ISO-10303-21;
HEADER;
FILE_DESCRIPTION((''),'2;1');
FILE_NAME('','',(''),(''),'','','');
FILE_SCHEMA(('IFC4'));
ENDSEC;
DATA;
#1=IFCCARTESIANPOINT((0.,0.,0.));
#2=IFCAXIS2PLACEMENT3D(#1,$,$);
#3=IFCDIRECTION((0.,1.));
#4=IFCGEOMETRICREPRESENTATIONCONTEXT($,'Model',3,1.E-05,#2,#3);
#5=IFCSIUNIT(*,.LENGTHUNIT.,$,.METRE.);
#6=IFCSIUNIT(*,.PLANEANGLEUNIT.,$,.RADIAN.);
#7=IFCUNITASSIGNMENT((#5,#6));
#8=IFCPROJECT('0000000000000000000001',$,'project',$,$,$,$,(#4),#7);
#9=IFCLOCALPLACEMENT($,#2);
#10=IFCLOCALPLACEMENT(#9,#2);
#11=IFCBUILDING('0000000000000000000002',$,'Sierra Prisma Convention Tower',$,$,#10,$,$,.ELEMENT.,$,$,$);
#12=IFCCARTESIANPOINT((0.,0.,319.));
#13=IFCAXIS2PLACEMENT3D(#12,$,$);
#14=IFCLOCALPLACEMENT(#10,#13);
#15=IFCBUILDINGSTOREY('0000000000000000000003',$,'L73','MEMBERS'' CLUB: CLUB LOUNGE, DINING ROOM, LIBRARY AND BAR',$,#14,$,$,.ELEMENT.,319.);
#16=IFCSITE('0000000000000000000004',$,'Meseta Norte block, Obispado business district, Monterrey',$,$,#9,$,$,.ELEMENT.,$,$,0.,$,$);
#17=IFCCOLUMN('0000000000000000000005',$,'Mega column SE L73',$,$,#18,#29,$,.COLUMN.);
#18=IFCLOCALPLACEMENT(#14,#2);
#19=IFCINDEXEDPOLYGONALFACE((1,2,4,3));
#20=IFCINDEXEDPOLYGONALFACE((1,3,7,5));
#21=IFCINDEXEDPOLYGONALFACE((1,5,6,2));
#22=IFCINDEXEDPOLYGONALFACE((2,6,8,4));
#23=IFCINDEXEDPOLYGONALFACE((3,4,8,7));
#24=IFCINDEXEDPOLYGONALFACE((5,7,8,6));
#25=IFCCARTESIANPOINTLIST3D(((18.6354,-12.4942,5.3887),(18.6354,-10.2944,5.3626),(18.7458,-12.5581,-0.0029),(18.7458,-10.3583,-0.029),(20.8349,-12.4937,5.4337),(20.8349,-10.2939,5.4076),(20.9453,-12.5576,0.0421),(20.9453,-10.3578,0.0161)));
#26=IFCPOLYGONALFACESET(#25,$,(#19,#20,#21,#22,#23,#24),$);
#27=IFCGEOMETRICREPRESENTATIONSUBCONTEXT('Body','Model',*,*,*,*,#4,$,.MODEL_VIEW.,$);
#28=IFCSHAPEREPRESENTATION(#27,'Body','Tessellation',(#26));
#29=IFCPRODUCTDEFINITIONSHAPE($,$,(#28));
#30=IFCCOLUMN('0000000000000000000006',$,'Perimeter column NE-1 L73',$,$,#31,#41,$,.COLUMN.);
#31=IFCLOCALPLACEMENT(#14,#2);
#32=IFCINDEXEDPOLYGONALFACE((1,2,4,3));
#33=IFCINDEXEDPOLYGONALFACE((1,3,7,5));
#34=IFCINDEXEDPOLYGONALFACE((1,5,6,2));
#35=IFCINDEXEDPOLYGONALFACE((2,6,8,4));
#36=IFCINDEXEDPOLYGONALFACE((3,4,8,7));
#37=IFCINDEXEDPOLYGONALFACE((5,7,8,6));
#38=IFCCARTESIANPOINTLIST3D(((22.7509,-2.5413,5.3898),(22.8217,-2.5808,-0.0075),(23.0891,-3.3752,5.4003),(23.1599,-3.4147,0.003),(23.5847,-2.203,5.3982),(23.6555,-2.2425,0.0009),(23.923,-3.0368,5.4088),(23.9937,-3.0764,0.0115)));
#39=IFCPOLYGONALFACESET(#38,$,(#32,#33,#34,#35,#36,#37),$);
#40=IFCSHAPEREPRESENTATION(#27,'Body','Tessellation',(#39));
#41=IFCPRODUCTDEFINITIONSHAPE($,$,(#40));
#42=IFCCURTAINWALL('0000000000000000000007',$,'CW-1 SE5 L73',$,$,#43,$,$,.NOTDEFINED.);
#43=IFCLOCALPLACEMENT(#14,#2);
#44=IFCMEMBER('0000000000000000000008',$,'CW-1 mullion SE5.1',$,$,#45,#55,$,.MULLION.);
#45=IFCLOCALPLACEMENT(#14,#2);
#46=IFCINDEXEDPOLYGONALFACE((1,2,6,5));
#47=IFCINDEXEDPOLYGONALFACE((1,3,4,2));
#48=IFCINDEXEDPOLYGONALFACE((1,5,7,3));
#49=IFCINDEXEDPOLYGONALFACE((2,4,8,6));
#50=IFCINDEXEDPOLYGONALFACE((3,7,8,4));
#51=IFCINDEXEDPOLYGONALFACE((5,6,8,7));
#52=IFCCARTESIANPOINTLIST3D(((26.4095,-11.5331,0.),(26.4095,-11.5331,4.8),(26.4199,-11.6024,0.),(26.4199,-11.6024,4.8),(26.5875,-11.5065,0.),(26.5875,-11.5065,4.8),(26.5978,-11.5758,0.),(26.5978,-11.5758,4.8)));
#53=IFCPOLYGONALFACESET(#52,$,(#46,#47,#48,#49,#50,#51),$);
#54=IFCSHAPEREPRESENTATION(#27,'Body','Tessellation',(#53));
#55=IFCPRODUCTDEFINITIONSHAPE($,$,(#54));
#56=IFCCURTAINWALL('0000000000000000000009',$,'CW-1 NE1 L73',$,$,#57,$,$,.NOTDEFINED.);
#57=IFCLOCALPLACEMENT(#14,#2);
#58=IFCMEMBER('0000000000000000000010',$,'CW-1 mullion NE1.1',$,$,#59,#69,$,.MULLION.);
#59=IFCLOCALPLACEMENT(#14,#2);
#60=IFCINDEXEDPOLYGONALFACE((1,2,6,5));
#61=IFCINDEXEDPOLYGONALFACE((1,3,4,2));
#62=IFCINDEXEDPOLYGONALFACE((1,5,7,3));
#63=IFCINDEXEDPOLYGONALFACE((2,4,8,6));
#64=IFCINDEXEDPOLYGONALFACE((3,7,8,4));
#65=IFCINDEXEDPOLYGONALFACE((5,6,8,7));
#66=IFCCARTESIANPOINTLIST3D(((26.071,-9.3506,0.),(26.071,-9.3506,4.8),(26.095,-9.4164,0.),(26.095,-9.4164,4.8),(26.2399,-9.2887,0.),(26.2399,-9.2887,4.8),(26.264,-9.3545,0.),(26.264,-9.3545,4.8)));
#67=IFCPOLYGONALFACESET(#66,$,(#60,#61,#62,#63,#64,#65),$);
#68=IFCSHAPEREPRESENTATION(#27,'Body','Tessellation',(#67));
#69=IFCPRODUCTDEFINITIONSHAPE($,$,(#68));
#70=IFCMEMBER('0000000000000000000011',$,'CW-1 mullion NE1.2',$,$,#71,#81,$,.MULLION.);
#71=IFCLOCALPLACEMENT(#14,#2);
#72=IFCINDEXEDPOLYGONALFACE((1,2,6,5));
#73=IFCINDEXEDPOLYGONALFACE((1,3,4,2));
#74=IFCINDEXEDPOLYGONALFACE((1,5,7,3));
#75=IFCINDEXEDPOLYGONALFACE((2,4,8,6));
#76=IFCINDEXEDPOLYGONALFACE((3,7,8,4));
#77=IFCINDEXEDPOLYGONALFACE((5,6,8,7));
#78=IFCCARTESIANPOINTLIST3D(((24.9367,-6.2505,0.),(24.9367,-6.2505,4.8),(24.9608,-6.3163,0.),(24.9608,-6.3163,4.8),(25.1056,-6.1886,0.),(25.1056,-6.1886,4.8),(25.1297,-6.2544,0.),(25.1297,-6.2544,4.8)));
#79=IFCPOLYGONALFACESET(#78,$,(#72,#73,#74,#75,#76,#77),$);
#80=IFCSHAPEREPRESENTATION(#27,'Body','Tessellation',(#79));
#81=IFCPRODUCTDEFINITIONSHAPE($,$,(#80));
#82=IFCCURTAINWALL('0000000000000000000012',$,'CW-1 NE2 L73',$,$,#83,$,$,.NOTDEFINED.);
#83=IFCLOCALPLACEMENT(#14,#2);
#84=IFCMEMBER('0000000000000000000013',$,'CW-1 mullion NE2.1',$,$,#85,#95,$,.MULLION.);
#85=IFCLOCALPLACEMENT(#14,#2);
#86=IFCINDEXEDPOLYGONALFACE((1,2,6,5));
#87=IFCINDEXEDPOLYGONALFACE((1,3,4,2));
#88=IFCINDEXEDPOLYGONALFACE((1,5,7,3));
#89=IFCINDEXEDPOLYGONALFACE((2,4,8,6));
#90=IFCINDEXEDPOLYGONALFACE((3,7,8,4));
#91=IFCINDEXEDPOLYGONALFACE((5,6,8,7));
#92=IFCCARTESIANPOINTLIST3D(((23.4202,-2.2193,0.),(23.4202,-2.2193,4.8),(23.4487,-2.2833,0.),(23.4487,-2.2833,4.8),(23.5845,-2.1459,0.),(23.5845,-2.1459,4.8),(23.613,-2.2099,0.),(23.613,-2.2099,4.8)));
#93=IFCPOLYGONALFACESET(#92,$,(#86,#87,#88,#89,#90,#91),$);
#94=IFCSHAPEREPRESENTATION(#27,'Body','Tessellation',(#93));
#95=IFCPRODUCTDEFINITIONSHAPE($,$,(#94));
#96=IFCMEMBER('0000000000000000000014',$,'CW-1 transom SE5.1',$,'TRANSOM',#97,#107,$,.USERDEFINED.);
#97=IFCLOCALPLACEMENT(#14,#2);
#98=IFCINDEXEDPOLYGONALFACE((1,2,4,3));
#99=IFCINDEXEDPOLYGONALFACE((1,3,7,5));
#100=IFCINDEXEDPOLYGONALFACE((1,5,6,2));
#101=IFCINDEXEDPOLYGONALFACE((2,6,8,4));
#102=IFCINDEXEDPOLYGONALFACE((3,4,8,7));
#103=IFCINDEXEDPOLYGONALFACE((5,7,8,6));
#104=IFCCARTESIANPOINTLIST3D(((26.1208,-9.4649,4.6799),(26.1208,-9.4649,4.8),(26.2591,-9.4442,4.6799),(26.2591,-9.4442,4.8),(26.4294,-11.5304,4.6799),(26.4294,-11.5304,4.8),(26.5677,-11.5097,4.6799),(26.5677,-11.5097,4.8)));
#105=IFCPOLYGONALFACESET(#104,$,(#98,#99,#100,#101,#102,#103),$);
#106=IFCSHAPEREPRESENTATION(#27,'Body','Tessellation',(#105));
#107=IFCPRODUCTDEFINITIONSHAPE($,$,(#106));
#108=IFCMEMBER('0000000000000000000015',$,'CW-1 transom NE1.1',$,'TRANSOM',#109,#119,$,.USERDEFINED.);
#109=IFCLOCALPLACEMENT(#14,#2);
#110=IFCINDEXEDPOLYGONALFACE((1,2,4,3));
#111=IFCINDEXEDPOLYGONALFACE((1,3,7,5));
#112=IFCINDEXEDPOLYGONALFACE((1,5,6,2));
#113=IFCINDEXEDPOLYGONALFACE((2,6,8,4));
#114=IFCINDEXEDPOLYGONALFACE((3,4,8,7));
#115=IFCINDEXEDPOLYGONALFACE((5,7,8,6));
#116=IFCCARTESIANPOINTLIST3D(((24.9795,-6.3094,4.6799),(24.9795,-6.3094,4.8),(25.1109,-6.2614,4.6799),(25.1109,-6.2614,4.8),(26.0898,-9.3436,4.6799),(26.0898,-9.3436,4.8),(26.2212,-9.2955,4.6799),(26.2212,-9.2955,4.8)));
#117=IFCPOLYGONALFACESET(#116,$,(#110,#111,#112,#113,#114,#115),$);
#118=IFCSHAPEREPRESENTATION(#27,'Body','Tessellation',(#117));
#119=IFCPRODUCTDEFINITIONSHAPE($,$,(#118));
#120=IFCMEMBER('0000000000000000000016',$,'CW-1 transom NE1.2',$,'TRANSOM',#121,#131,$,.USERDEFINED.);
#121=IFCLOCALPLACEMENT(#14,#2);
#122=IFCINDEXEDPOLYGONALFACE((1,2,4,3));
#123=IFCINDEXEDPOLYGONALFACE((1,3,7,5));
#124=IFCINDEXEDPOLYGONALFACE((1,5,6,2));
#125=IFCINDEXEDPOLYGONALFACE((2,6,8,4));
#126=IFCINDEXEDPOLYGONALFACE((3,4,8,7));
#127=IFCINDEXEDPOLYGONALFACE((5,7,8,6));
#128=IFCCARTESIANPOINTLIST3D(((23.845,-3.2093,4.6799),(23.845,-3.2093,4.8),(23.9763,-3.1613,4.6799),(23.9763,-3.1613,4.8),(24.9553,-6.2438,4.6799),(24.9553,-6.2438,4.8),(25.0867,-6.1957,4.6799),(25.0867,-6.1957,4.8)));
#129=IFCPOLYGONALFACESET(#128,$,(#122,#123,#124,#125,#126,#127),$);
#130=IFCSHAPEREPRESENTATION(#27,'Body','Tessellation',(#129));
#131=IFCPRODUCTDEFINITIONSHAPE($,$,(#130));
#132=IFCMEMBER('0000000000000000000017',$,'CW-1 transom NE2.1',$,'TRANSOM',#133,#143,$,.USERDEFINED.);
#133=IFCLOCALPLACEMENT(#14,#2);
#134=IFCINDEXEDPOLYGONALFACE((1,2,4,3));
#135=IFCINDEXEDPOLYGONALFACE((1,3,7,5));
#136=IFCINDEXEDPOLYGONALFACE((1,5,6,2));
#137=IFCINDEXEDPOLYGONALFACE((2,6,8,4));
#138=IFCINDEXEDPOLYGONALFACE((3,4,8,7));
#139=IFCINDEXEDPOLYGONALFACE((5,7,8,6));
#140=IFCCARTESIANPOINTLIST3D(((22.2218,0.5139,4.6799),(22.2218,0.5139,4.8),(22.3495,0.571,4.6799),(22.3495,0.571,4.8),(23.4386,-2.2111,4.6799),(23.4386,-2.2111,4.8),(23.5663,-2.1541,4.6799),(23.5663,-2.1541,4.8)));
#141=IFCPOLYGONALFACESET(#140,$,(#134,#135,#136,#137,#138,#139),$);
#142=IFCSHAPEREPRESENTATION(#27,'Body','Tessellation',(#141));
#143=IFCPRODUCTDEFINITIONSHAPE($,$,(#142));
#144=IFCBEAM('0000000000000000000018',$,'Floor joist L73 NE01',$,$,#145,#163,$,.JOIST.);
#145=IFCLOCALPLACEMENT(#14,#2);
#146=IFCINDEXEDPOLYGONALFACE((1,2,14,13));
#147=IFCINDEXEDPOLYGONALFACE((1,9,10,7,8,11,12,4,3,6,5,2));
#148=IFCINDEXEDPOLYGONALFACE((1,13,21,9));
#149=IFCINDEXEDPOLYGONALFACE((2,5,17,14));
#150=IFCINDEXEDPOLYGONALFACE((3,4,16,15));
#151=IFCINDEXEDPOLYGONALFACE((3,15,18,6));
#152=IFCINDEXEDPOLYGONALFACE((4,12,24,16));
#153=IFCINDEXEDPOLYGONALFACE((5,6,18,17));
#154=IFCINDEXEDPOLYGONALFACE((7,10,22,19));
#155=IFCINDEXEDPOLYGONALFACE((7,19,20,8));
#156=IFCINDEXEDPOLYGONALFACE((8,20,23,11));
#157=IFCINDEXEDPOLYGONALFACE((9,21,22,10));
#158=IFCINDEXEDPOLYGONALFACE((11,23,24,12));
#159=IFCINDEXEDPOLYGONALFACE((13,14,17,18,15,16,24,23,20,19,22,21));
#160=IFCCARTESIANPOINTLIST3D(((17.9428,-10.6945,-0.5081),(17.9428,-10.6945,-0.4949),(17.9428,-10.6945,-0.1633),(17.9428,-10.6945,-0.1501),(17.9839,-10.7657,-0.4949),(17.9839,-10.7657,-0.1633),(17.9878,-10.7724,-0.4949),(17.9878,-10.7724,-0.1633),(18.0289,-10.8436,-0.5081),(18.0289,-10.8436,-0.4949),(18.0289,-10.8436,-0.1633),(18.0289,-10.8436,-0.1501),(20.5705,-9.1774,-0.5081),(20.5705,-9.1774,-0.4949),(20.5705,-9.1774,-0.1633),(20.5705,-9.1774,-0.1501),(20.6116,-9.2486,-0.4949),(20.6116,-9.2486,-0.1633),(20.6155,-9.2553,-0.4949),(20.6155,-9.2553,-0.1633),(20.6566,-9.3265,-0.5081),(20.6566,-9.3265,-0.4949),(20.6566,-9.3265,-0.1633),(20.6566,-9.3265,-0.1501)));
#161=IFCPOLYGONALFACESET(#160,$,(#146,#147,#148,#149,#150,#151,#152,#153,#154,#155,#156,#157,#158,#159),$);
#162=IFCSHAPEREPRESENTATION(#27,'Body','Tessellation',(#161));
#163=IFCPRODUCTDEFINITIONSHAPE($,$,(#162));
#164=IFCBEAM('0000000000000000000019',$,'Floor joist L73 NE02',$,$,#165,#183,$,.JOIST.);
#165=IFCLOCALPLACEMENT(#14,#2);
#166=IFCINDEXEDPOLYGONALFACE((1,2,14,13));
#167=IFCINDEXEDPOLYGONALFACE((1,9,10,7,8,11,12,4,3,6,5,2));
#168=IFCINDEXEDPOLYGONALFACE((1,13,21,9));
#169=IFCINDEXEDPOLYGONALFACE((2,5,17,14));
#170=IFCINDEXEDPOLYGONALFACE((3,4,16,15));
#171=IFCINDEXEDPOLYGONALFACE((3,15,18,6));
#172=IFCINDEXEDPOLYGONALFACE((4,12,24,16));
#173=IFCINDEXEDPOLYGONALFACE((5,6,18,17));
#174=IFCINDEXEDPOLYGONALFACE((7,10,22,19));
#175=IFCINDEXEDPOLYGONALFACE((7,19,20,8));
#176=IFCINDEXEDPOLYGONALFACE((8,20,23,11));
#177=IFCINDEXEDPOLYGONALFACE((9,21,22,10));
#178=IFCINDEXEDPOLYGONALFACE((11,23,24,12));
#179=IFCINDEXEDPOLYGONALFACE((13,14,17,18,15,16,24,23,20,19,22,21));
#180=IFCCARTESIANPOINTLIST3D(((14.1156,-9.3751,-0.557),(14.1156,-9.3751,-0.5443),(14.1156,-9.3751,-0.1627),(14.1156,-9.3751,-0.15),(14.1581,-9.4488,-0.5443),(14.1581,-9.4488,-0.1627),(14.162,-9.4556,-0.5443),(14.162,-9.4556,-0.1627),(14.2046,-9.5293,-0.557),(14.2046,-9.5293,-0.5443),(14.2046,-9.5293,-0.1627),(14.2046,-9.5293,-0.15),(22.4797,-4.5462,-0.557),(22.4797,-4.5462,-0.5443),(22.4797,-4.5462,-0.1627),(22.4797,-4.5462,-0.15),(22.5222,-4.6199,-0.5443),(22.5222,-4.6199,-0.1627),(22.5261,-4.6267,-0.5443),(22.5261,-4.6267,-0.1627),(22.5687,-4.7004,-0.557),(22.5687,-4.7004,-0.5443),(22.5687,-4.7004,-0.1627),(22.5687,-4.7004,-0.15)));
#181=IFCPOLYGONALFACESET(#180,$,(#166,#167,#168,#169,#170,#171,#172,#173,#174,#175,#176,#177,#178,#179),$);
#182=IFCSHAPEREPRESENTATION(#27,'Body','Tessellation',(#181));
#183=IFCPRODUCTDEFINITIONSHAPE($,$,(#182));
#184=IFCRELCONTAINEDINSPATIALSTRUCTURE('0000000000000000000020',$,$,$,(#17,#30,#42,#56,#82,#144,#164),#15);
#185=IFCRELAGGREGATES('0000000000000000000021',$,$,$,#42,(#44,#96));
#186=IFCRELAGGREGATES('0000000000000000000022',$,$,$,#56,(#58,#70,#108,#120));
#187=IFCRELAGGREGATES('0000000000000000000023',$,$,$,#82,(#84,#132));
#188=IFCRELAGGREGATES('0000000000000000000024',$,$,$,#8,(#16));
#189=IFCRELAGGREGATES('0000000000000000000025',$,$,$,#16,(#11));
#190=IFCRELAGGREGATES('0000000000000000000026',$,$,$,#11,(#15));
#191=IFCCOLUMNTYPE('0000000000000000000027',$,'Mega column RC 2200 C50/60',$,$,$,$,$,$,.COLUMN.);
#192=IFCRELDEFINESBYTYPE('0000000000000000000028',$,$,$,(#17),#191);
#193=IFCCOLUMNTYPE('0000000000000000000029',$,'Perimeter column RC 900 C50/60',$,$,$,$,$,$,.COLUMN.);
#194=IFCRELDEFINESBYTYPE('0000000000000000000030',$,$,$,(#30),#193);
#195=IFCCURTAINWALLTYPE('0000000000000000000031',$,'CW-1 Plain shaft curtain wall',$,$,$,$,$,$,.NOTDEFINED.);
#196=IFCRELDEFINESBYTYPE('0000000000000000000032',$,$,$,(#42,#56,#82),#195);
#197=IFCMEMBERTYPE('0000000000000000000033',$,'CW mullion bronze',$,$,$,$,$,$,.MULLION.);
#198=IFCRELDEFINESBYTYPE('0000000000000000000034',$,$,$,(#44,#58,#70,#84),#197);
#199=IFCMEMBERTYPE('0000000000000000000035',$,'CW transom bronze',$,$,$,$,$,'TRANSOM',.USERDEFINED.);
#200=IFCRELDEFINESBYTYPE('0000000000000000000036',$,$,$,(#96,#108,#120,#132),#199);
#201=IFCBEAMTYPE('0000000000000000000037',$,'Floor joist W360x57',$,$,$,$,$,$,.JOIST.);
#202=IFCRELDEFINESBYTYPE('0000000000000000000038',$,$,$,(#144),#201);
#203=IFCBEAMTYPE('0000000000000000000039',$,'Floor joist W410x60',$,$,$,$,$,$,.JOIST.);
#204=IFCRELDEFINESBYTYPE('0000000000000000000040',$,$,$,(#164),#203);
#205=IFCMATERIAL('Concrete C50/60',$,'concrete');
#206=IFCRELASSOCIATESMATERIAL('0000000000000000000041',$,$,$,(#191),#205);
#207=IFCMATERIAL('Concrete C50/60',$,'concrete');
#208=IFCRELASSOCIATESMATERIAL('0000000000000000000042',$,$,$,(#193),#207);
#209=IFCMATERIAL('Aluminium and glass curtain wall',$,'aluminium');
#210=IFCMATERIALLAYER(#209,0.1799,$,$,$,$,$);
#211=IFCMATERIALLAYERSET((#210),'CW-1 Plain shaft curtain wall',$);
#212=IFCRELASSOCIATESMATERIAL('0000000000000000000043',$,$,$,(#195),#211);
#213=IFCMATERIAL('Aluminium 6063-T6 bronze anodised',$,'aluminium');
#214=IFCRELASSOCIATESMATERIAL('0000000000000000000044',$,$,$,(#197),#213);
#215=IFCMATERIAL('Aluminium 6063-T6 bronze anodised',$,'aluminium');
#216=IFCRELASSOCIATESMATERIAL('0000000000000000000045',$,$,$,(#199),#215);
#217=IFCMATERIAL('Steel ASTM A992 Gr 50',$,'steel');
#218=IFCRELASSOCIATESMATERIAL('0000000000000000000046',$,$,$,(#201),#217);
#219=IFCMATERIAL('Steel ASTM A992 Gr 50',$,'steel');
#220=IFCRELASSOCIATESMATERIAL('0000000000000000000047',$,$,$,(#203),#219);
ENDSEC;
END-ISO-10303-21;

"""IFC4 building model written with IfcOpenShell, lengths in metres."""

from ifc_helpers import new_model, si_unit, direction, frame, origin, origin_2d, place, context, subcontext, project, spatial, rectangle, i_section, extrude, clip, halfspace, material, layer, layer_set, material_profile, profile_set, type_object, element, aggregate, save


model = new_model("IFC4")

# Units and contexts
model_context = context("Model", 3, precision=1e-05, world=origin(), true_north=direction((0.0, 1.0)))
body_context = subcontext(model_context, "Body", "Model", "MODEL_VIEW")
ifc_project = project(units=[si_unit("LENGTHUNIT", "METRE"), si_unit("PLANEANGLEUNIT", "RADIAN")], contexts=[model_context])

# Site, building, storey
site_placement = place(None, origin())
site = spatial("IfcSite", under=ifc_project, at=site_placement, Name="Meseta Norte block, Obispado business district, Monterrey", CompositionType="ELEMENT", RefElevation=0.0)
building_placement = place(site_placement, origin())
building = spatial("IfcBuilding", under=site, at=building_placement, Name="Sierra Prisma Convention Tower", CompositionType="ELEMENT")
storey_placement = place(building_placement, frame((0.0, 0.0, 319.0)))
storey = spatial("IfcBuildingStorey", under=building, at=storey_placement, Name="L73", Description="MEMBERS' CLUB: CLUB LOUNGE, DINING ROOM, LIBRARY AND BAR", CompositionType="ELEMENT", Elevation=319.0)

# Columns
ifc_material_1 = material(Name="Concrete C50/60", Category="concrete")
ifc_material_profile_1 = material_profile(ifc_material_1, rectangle(XDim=2.2, YDim=2.2, at=origin_2d()), Name="Mega column RC 2200 C50/60")
ifc_profile_set_1 = profile_set([ifc_material_profile_1], Name="Concrete C50/60")
column_type_1 = type_object("IfcColumnType", Name="Mega column RC 2200 C50/60", PredefinedType="COLUMN", material=ifc_profile_set_1)
column_1_placement = place(storey_placement, frame((19.8457, -11.458, 0.0), z_axis=(-0.020475, 0.011842, 0.99972), x_axis=(0.99979, 0.000243, 0.020474)))
element("IfcColumn", 1, at=column_1_placement, inside=storey, type_object=column_type_1, Name="Mega column SE L73", PredefinedType="COLUMN", context=body_context, shape_type="SweptSolid", body=[
    clip(clip(extrude(rectangle(XDim=2.2, YDim=2.2, at=origin_2d()), origin(), (0.0, 0.0, 1.0), 5.4014), halfspace(frame((0.0, 0.0, 0.0066)), True)), halfspace(frame((0.0, 0.0, 5.3997)), False)),
])
ifc_material_2 = material(Name="Concrete C50/60", Category="concrete")
ifc_material_profile_2 = material_profile(ifc_material_2, rectangle(XDim=0.8999, YDim=0.8999, at=origin_2d()), Name="Perimeter column RC 900 C50/60")
ifc_profile_set_2 = profile_set([ifc_material_profile_2], Name="Concrete C50/60")
column_type_2 = type_object("IfcColumnType", Name="Perimeter column RC 900 C50/60", PredefinedType="COLUMN", material=ifc_profile_set_2)
column_2_placement = place(storey_placement, frame((23.4077, -2.8286, 0.0), z_axis=(-0.01311, 0.007324, 0.999887), x_axis=(-0.375869, 0.926599, -0.011715)))
element("IfcColumn", 2, at=column_2_placement, inside=storey, type_object=column_type_2, Name="Perimeter column NE-1 L73", PredefinedType="COLUMN", context=body_context, shape_type="SweptSolid", body=[
    clip(clip(extrude(rectangle(XDim=0.8999, YDim=0.8999, at=origin_2d()), origin(), (0.0, 0.0, 1.0), 5.4004), halfspace(frame((0.0, 0.0, 0.002)), True)), halfspace(frame((0.0, 0.0, 5.3999)), False)),
])

# Curtain wall, member
ifc_material_3 = material(Name="Aluminium and glass curtain wall", Category="aluminium")
ifc_layer_1 = layer(ifc_material_3, 0.1799)
ifc_layer_set_1 = layer_set([ifc_layer_1], Name="CW-1 Plain shaft curtain wall")
curtain_wall_type = type_object("IfcCurtainWallType", Name="CW-1 Plain shaft curtain wall", PredefinedType="NOTDEFINED", material=ifc_layer_set_1)
curtain_wall_1_placement = place(storey_placement, origin())
curtain_wall_1 = element("IfcCurtainWall", 3, at=curtain_wall_1_placement, inside=storey, type_object=curtain_wall_type, Name="CW-1 SE5 L73", PredefinedType="NOTDEFINED")
ifc_material_4 = material(Name="Aluminium 6063-T6 bronze anodised", Category="aluminium")
ifc_material_profile_3 = material_profile(ifc_material_4, rectangle(XDim=0.1799, YDim=0.0701, at=origin_2d()), Name="ALU MULLION 70x180")
ifc_profile_set_3 = profile_set([ifc_material_profile_3], Name="Aluminium 6063-T6 bronze anodised")
member_type_1 = type_object("IfcMemberType", Name="CW mullion bronze", PredefinedType="MULLION", material=ifc_profile_set_3)
member_1_placement = place(storey_placement, frame((26.5037, -11.5544, 0.0), z_axis=(0.0, 0.0, 1.0), x_axis=(-0.989026, -0.14774, 0.0)))
member_1 = element("IfcMember", 4, at=member_1_placement, type_object=member_type_1, Name="CW-1 mullion SE5.1", PredefinedType="MULLION", context=body_context, shape_type="SweptSolid", body=[
    extrude(rectangle(XDim=0.1799, YDim=0.0701, at=origin_2d()), origin(), (0.0, 0.0, 1.0), 4.8),
])

# Curtain wall, members
curtain_wall_2_placement = place(storey_placement, origin())
curtain_wall_2 = element("IfcCurtainWall", 5, at=curtain_wall_2_placement, inside=storey, type_object=curtain_wall_type, Name="CW-1 NE1 L73", PredefinedType="NOTDEFINED")
member_2_placement = place(storey_placement, frame((26.1675, -9.3525, 0.0), z_axis=(0.0, 0.0, 1.0), x_axis=(-0.939094, -0.34366, 0.0)))
member_2 = element("IfcMember", 6, at=member_2_placement, type_object=member_type_1, Name="CW-1 mullion NE1.1", PredefinedType="MULLION", context=body_context, shape_type="SweptSolid", body=[
    extrude(rectangle(XDim=0.1799, YDim=0.0701, at=origin_2d()), origin(), (0.0, 0.0, 1.0), 4.8),
])
member_3_placement = place(storey_placement, frame((25.0332, -6.2524, 0.0), z_axis=(0.0, 0.0, 1.0), x_axis=(-0.939094, -0.34366, 0.0)))
member_3 = element("IfcMember", 7, at=member_3_placement, type_object=member_type_1, Name="CW-1 mullion NE1.2", PredefinedType="MULLION", context=body_context, shape_type="SweptSolid", body=[
    extrude(rectangle(XDim=0.1799, YDim=0.0701, at=origin_2d()), origin(), (0.0, 0.0, 1.0), 4.8),
])

# Curtain wall, member
curtain_wall_3_placement = place(storey_placement, origin())
curtain_wall_3 = element("IfcCurtainWall", 8, at=curtain_wall_3_placement, inside=storey, type_object=curtain_wall_type, Name="CW-1 NE2 L73", PredefinedType="NOTDEFINED")
member_4_placement = place(storey_placement, frame((23.5166, -2.2146, 0.0), z_axis=(0.0, 0.0, 1.0), x_axis=(-0.913119, -0.407693, 0.0)))
member_4 = element("IfcMember", 9, at=member_4_placement, type_object=member_type_1, Name="CW-1 mullion NE2.1", PredefinedType="MULLION", context=body_context, shape_type="SweptSolid", body=[
    extrude(rectangle(XDim=0.1799, YDim=0.0701, at=origin_2d()), origin(), (0.0, 0.0, 1.0), 4.8),
])

# Members
ifc_material_5 = material(Name="Aluminium 6063-T6 bronze anodised", Category="aluminium")
ifc_material_profile_4 = material_profile(ifc_material_5, rectangle(XDim=0.1399, YDim=0.1201, at=origin_2d()), Name="ALU TRANSOM 120x140")
ifc_profile_set_4 = profile_set([ifc_material_profile_4], Name="Aluminium 6063-T6 bronze anodised")
member_type_2 = type_object("IfcMemberType", Name="CW transom bronze", ElementType="TRANSOM", PredefinedType="USERDEFINED", material=ifc_profile_set_4)
member_5_placement = place(storey_placement, frame((26.4985, -11.52, 4.74), z_axis=(-0.147769, 0.989022, 0.0), x_axis=(-0.989022, -0.147769, 0.0)))
member_5 = element("IfcMember", 10, at=member_5_placement, type_object=member_type_2, Name="CW-1 transom SE5.1", ObjectType="TRANSOM", PredefinedType="USERDEFINED", context=body_context, shape_type="SweptSolid", body=[
    extrude(rectangle(XDim=0.1399, YDim=0.1201, at=origin_2d()), origin(), (0.0, 0.0, 1.0), 2.0884),
])
member_6_placement = place(storey_placement, frame((26.1555, -9.3196, 4.74), z_axis=(-0.34366, 0.939094, 0.0), x_axis=(-0.939094, -0.34366, 0.0)))
member_6 = element("IfcMember", 11, at=member_6_placement, type_object=member_type_2, Name="CW-1 transom NE1.1", ObjectType="TRANSOM", PredefinedType="USERDEFINED", context=body_context, shape_type="SweptSolid", body=[
    extrude(rectangle(XDim=0.1399, YDim=0.1201, at=origin_2d()), origin(), (0.0, 0.0, 1.0), 3.231),
])
member_7_placement = place(storey_placement, frame((25.021, -6.2197, 4.74), z_axis=(-0.343635, 0.939103, 0.0), x_axis=(-0.939103, -0.343635, 0.0)))
member_7 = element("IfcMember", 12, at=member_7_placement, type_object=member_type_2, Name="CW-1 transom NE1.2", ObjectType="TRANSOM", PredefinedType="USERDEFINED", context=body_context, shape_type="SweptSolid", body=[
    extrude(rectangle(XDim=0.1399, YDim=0.1201, at=origin_2d()), origin(), (0.0, 0.0, 1.0), 3.2312),
])
member_8_placement = place(storey_placement, frame((23.5024, -2.1826, 4.74), z_axis=(-0.407717, 0.913109, 0.0), x_axis=(-0.913109, -0.407717, 0.0)))
member_8 = element("IfcMember", 13, at=member_8_placement, type_object=member_type_2, Name="CW-1 transom NE2.1", ObjectType="TRANSOM", PredefinedType="USERDEFINED", context=body_context, shape_type="SweptSolid", body=[
    extrude(rectangle(XDim=0.1399, YDim=0.1201, at=origin_2d()), origin(), (0.0, 0.0, 1.0), 2.9844),
])

# Beams
ifc_material_6 = material(Name="Steel ASTM A992 Gr 50", Category="steel")
ifc_material_profile_5 = material_profile(ifc_material_6, i_section(OverallWidth=0.1721, OverallDepth=0.3579, WebThickness=0.0078, FlangeThickness=0.0132, at=origin_2d()), Name="W360x57")
ifc_profile_set_5 = profile_set([ifc_material_profile_5], Name="Steel ASTM A992 Gr 50")
beam_type_1 = type_object("IfcBeamType", Name="Floor joist W360x57", PredefinedType="JOIST", material=ifc_profile_set_5)
beam_1_placement = place(storey_placement, frame((20.6135, -9.252, -0.3291), z_axis=(-0.866026, -0.499999, 0.0), x_axis=(0.499999, -0.866026, 0.0)))
element("IfcBeam", 14, at=beam_1_placement, inside=storey, type_object=beam_type_1, Name="Floor joist L73 NE01", PredefinedType="JOIST", context=body_context, shape_type="SweptSolid", body=[
    extrude(i_section(OverallWidth=0.1721, OverallDepth=0.3579, WebThickness=0.0078, FlangeThickness=0.0132, at=origin_2d()), origin(), (0.0, 0.0, 1.0), 3.0342),
])
ifc_material_7 = material(Name="Steel ASTM A992 Gr 50", Category="steel")
ifc_material_profile_6 = material_profile(ifc_material_7, i_section(OverallWidth=0.178, OverallDepth=0.407, WebThickness=0.0078, FlangeThickness=0.0127, at=origin_2d()), Name="W410x60")
ifc_profile_set_6 = profile_set([ifc_material_profile_6], Name="Steel ASTM A992 Gr 50")
beam_type_2 = type_object("IfcBeamType", Name="Floor joist W410x60", PredefinedType="JOIST", material=ifc_profile_set_6)
beam_2_placement = place(storey_placement, frame((22.5242, -4.6233, -0.3535), z_axis=(-0.86603, -0.499992, 0.0), x_axis=(0.499992, -0.86603, 0.0)))
element("IfcBeam", 15, at=beam_2_placement, inside=storey, type_object=beam_type_2, Name="Floor joist L73 NE02", PredefinedType="JOIST", context=body_context, shape_type="SweptSolid", body=[
    extrude(i_section(OverallWidth=0.178, OverallDepth=0.407, WebThickness=0.0078, FlangeThickness=0.0127, at=origin_2d()), origin(), (0.0, 0.0, 1.0), 9.658),
])

aggregate(curtain_wall_1, [member_1, member_5])
aggregate(curtain_wall_2, [member_2, member_3, member_6, member_7])
aggregate(curtain_wall_3, [member_4, member_8])

save(model, "model.ifc")
